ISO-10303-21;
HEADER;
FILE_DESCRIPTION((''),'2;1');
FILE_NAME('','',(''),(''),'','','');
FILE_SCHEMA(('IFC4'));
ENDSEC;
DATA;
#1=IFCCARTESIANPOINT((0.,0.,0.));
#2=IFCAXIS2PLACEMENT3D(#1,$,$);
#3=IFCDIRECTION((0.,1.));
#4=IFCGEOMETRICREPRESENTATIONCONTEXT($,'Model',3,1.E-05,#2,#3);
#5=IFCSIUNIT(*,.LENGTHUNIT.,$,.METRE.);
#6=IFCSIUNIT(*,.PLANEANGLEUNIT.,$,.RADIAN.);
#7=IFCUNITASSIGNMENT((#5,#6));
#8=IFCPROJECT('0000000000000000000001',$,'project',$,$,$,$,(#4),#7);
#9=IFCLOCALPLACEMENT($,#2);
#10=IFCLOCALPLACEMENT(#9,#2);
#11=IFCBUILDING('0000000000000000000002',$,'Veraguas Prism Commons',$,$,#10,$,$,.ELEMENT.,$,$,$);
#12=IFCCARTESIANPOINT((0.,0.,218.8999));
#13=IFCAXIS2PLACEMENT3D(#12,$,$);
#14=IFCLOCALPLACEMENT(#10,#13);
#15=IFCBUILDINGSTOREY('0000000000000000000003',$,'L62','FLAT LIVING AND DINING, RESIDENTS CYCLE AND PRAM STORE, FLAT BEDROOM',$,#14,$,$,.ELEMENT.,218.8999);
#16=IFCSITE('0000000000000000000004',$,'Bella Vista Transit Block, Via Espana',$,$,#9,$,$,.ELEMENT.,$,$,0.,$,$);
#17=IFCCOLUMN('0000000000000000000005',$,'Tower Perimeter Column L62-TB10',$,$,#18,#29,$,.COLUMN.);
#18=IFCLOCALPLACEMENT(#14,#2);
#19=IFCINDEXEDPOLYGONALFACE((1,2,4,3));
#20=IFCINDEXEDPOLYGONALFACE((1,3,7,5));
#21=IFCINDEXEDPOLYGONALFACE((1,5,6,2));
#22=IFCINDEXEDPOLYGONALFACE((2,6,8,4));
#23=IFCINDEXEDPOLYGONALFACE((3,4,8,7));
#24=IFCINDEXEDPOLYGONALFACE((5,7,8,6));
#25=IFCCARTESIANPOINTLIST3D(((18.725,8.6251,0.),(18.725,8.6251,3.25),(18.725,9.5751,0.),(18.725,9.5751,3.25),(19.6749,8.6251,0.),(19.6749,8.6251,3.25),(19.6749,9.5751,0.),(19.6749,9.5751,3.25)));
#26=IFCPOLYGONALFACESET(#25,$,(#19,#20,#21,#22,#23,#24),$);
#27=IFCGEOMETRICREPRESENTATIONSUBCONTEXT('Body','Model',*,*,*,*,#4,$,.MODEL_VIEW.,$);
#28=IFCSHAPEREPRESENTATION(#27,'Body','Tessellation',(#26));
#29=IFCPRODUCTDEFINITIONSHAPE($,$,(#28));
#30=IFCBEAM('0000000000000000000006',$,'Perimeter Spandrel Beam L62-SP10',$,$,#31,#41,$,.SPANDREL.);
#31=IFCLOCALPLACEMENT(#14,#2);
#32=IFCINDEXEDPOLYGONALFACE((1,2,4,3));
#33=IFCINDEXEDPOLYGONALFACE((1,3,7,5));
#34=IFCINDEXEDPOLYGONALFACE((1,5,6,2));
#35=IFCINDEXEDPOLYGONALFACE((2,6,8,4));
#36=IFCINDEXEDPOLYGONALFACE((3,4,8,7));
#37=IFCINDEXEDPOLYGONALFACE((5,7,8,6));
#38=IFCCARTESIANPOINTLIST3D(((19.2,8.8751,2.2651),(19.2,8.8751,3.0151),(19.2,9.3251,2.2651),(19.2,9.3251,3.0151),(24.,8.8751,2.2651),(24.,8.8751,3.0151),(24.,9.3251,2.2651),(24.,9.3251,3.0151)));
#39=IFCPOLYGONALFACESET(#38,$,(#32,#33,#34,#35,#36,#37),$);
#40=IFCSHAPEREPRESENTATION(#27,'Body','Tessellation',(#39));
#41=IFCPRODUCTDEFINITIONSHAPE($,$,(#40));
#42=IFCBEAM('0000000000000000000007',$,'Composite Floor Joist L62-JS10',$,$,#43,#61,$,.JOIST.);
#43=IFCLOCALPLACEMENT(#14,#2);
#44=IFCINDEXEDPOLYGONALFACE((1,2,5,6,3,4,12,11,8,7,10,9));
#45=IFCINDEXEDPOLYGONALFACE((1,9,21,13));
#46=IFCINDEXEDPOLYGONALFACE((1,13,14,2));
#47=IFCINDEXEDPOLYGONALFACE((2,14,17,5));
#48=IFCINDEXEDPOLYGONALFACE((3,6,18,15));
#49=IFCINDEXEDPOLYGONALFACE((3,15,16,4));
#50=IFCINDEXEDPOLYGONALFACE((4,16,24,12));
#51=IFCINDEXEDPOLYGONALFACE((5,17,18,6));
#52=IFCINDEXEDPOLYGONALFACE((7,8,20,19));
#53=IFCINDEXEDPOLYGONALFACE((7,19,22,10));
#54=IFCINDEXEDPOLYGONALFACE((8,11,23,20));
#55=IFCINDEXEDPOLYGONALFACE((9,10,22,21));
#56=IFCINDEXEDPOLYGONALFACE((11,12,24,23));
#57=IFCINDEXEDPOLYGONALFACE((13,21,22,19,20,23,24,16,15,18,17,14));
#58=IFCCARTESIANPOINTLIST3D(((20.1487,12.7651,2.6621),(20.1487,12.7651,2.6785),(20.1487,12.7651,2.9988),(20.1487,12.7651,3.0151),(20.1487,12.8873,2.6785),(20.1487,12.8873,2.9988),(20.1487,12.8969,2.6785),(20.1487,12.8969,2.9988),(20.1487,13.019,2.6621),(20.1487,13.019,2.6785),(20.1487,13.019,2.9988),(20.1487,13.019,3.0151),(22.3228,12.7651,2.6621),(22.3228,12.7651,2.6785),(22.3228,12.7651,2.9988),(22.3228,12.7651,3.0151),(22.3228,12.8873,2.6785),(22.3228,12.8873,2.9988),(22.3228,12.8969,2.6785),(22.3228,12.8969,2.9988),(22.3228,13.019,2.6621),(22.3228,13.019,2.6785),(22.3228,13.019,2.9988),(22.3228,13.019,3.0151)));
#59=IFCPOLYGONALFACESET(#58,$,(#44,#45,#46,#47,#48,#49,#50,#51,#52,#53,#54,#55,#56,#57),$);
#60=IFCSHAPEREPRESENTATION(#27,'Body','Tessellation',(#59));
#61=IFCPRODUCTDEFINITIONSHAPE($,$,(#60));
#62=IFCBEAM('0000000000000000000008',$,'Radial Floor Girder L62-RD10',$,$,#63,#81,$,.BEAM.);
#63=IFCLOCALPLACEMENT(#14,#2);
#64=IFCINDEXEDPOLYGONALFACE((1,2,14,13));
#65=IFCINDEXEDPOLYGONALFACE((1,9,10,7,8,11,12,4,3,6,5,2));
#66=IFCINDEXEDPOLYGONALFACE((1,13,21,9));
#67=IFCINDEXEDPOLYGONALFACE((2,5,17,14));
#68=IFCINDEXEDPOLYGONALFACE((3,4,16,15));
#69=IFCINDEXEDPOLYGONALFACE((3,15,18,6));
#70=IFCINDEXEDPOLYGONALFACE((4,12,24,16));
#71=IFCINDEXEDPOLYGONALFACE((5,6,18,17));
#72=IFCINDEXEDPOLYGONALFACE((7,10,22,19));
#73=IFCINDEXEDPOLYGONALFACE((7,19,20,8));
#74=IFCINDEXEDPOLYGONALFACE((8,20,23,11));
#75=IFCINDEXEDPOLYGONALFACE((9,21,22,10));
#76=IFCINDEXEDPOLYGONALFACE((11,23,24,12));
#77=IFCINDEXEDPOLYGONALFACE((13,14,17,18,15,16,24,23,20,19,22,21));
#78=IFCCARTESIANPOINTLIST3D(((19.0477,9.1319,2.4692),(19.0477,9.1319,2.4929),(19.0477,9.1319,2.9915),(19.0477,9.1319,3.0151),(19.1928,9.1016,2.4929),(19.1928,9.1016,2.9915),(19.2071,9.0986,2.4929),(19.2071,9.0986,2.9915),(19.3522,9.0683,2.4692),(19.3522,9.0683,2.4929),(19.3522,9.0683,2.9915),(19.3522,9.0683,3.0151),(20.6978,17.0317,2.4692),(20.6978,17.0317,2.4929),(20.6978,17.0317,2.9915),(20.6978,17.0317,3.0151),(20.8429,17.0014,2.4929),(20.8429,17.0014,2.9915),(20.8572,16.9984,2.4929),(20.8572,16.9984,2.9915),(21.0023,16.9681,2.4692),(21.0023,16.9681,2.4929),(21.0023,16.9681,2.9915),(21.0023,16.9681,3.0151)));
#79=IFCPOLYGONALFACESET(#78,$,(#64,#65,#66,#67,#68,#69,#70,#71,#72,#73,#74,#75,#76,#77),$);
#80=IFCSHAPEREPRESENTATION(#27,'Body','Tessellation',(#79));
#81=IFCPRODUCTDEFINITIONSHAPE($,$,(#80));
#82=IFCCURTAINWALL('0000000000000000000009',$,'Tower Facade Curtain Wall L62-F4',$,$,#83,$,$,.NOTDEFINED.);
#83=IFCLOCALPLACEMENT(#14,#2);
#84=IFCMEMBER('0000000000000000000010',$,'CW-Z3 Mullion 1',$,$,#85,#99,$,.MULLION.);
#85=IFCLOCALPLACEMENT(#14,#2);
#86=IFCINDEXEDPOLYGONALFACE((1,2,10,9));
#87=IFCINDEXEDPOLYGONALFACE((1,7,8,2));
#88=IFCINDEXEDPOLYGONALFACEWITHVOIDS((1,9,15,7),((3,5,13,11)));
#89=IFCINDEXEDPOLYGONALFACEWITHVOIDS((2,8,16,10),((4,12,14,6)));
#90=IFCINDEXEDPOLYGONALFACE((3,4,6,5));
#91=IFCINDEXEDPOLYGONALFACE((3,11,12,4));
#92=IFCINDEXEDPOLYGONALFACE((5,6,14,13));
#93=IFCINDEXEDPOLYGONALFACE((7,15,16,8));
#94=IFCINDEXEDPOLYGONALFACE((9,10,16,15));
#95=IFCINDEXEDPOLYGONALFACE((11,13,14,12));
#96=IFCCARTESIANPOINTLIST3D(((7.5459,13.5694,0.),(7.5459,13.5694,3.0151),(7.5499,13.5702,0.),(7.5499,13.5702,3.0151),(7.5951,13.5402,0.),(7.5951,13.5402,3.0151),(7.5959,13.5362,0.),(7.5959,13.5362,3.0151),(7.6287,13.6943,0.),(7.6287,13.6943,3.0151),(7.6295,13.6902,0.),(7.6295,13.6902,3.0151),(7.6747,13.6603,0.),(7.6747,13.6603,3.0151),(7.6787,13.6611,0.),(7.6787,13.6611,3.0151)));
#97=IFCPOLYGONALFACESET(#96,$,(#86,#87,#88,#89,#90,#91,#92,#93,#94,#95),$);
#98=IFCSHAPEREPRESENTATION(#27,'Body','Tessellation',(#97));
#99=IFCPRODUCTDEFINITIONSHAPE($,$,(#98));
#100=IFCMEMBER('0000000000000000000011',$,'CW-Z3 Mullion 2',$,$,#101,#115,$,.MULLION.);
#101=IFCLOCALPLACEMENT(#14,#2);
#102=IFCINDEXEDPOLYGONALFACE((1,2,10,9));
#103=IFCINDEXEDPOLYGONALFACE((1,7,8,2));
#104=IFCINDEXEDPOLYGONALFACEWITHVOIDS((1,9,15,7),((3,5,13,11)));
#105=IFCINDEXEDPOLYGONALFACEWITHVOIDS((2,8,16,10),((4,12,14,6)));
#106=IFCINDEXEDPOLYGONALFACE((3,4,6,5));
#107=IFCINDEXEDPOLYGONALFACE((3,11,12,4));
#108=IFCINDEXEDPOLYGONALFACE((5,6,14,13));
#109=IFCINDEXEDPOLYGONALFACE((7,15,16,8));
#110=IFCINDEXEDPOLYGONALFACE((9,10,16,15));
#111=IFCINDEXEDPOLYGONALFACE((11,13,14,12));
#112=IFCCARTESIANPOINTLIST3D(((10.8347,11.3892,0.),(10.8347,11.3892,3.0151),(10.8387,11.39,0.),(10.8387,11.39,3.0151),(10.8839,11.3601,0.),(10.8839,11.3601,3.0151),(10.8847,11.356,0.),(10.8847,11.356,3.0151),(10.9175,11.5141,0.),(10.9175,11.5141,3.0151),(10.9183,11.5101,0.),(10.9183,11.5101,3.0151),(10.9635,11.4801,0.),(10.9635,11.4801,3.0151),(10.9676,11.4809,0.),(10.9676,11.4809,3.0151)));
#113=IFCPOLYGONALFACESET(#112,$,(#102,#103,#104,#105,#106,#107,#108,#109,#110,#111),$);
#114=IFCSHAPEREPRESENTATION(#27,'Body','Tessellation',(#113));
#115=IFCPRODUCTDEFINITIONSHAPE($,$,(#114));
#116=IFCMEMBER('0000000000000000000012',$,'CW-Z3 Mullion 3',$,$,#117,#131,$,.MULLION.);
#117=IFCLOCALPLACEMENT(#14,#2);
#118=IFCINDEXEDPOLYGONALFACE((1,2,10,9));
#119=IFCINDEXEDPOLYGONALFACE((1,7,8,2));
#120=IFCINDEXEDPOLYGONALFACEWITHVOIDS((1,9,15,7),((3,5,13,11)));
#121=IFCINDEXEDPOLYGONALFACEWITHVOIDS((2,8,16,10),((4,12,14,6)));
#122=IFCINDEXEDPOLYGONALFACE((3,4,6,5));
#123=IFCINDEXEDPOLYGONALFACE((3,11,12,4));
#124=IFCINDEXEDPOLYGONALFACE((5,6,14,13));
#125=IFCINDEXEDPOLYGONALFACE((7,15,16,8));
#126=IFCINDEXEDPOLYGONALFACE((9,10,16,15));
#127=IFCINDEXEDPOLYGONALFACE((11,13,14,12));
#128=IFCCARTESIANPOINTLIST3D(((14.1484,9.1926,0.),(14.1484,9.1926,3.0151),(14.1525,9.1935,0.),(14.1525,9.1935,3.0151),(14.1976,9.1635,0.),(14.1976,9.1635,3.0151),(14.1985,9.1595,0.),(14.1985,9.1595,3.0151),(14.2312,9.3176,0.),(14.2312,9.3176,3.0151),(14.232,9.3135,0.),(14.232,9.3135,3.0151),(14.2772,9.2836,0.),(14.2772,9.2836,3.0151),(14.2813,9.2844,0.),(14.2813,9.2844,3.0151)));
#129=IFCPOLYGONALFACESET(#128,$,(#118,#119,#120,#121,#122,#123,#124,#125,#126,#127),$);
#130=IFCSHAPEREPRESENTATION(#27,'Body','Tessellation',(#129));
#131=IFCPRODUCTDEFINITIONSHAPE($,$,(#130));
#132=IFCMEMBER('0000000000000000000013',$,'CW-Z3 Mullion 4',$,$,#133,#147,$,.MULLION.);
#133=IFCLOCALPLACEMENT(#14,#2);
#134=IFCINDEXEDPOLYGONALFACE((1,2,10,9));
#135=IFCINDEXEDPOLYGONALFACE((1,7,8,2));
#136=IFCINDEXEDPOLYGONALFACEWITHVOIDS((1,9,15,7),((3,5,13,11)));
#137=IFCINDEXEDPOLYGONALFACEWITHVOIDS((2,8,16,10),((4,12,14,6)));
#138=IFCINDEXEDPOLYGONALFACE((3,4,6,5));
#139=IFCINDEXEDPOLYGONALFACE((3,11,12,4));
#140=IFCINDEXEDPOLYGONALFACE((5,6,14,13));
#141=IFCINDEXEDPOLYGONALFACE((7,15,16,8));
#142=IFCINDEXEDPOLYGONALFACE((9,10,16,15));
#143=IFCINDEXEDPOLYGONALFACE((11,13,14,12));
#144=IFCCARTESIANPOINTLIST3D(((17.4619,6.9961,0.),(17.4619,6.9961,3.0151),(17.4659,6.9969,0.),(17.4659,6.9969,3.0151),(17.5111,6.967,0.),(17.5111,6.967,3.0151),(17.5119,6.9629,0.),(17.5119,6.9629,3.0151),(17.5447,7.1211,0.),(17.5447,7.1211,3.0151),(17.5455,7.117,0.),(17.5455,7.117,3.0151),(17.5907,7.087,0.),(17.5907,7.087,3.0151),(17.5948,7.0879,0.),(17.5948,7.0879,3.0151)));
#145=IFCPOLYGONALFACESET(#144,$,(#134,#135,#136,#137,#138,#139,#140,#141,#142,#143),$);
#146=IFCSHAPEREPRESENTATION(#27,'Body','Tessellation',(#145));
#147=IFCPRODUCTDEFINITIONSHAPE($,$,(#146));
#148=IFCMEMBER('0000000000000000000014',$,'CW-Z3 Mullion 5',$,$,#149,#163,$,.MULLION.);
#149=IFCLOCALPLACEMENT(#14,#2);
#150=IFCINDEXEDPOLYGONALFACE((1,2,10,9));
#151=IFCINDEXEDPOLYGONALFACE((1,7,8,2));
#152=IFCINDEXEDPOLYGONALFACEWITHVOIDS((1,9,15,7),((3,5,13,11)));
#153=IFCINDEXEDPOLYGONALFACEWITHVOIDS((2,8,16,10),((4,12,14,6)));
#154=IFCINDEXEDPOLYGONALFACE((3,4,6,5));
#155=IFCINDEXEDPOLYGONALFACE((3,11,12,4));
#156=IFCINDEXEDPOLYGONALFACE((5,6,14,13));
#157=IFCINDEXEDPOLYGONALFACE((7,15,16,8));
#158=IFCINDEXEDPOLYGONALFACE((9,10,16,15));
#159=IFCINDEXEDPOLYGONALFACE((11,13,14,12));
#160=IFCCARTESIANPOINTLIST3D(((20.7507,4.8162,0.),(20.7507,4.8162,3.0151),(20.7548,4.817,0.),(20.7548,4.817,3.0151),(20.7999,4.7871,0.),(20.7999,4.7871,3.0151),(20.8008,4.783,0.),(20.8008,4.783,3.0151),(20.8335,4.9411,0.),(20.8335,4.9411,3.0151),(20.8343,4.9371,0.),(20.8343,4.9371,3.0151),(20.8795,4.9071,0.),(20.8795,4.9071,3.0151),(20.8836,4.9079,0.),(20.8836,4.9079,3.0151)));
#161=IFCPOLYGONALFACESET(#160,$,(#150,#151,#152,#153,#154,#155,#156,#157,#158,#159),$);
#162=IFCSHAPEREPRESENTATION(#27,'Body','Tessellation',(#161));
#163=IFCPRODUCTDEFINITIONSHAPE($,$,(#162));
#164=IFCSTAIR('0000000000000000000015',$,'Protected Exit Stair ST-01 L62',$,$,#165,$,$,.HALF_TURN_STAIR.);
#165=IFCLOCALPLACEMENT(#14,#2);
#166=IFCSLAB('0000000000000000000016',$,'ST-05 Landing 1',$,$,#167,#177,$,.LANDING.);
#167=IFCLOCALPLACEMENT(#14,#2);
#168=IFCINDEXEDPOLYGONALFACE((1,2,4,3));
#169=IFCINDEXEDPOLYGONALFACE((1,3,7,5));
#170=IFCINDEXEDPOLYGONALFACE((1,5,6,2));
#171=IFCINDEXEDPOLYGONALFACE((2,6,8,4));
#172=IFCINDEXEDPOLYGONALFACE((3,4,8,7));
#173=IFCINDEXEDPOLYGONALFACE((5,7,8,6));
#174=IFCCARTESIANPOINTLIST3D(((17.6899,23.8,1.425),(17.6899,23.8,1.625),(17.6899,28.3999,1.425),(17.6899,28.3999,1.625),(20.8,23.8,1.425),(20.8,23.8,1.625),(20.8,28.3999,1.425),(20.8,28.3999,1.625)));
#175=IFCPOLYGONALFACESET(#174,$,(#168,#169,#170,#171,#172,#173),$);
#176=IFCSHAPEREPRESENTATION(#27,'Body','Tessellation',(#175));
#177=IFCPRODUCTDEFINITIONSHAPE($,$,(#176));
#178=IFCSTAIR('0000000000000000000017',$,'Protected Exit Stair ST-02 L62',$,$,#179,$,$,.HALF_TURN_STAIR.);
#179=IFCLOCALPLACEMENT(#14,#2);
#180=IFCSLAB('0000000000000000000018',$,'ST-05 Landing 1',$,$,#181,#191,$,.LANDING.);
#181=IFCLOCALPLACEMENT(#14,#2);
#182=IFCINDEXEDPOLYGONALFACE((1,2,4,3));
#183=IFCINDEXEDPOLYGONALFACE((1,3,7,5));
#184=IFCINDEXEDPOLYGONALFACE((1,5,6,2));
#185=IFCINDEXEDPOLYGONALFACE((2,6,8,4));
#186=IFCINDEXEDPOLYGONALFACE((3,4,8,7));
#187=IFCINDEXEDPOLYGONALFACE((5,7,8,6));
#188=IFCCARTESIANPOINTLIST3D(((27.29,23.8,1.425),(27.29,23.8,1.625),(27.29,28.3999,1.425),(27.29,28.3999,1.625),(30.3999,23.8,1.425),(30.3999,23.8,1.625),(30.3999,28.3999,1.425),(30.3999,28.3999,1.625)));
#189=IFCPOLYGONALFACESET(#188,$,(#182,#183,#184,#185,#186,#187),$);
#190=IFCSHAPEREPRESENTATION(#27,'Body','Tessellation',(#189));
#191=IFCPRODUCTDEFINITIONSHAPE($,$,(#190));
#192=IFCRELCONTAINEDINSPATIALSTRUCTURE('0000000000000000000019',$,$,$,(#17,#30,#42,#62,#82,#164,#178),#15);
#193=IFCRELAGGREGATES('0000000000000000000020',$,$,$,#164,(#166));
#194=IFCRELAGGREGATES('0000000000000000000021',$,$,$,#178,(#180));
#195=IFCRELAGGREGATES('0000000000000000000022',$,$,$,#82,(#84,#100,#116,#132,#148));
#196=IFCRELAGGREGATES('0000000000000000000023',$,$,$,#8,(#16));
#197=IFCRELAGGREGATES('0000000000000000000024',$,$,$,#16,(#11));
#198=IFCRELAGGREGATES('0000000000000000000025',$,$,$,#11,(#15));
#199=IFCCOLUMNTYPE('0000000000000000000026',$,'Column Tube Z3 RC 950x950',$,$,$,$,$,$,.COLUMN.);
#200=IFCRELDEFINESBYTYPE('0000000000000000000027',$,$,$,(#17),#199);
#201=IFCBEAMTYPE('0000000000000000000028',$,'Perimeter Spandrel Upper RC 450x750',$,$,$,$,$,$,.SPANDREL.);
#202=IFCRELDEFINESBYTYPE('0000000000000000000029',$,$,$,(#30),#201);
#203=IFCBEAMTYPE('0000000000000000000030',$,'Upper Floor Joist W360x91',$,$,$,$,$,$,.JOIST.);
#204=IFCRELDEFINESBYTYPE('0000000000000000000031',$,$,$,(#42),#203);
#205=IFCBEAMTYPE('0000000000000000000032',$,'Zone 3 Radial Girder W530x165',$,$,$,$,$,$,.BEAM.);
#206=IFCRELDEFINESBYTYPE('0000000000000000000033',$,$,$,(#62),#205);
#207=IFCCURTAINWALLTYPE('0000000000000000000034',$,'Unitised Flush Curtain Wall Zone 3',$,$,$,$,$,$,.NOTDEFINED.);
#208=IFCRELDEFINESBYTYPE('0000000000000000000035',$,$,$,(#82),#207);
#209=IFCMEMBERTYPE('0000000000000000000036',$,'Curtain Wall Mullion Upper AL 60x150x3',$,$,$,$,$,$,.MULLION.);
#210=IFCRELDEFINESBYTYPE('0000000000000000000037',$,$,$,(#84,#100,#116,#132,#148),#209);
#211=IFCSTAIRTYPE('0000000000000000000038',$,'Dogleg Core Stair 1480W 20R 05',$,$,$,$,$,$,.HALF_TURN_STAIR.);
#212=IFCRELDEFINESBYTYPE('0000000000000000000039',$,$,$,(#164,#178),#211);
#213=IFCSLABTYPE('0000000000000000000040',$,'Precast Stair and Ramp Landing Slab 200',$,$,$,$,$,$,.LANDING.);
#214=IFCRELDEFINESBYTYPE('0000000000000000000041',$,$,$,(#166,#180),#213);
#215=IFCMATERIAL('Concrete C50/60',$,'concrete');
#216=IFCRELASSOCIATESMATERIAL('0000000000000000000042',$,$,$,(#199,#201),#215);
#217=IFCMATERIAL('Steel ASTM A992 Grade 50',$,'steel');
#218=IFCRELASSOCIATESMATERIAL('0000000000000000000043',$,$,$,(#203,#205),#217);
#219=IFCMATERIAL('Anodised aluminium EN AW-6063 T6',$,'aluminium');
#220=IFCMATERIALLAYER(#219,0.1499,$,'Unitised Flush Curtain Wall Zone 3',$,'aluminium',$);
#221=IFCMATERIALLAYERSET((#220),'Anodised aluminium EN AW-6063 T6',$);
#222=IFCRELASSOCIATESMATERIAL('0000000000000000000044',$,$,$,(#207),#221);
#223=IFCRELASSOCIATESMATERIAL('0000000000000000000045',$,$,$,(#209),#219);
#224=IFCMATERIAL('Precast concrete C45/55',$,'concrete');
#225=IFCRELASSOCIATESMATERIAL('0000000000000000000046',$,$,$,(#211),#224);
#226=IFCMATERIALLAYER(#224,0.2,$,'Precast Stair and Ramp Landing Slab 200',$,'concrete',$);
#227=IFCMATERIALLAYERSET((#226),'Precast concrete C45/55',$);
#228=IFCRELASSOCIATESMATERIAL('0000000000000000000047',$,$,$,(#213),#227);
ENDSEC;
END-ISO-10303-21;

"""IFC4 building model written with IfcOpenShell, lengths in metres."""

from ifc_helpers import new_model, si_unit, direction, frame, origin, origin_2d, place, context, subcontext, project, spatial, polyline, rectangle, hollow_rectangle, i_section, outline, extrude, source, transform, mapped, material, layer, layer_set, material_profile, profile_set, type_object, element, aggregate, save


model = new_model("IFC4")

# Units and contexts
model_context = context("Model", 3, precision=1e-05, world=origin(), true_north=direction((0.0, 1.0)))
body_context = subcontext(model_context, "Body", "Model", "MODEL_VIEW")
ifc_project = project(units=[si_unit("LENGTHUNIT", "METRE"), si_unit("PLANEANGLEUNIT", "RADIAN")], contexts=[model_context])

# Site, building, storey
site_placement = place(None, origin())
site = spatial("IfcSite", under=ifc_project, at=site_placement, Name="Bella Vista Transit Block, Via Espana", CompositionType="ELEMENT", RefElevation=0.0)
building_placement = place(site_placement, origin())
building = spatial("IfcBuilding", under=site, at=building_placement, Name="Veraguas Prism Commons", CompositionType="ELEMENT")
storey_placement = place(building_placement, frame((0.0, 0.0, 218.8999)))
storey = spatial("IfcBuildingStorey", under=building, at=storey_placement, Name="L62", Description="FLAT LIVING AND DINING, RESIDENTS CYCLE AND PRAM STORE, FLAT BEDROOM", CompositionType="ELEMENT", Elevation=218.8999)

# Column
ifc_material_1 = material(Name="Concrete C50/60", Category="concrete")
ifc_material_profile_1 = material_profile(ifc_material_1, rectangle(XDim=0.95, YDim=0.95, at=origin_2d()), Name="RC950X950")
ifc_profile_set_1 = profile_set([ifc_material_profile_1], Name="Concrete C50/60")
column_type = type_object("IfcColumnType", Name="Column Tube Z3 RC 950x950", PredefinedType="COLUMN", material=ifc_profile_set_1)
column_placement = place(storey_placement, frame((19.2, 9.1001, 0.0), z_axis=(0.0, 0.0, 1.0), x_axis=(1.0, 0.0, 0.0)))
element("IfcColumn", 1, at=column_placement, inside=storey, type_object=column_type, Name="Tower Perimeter Column L62-TB10", PredefinedType="COLUMN", context=body_context, shape_type="SweptSolid", body=[
    extrude(rectangle(XDim=0.95, YDim=0.95, at=origin_2d()), origin(), (0.0, 0.0, 1.0), 3.25),
])

# Beams
ifc_material_profile_2 = material_profile(ifc_material_1, rectangle(XDim=0.45, YDim=0.75, at=origin_2d()), Name="RC450X750")
ifc_profile_set_2 = profile_set([ifc_material_profile_2], Name="Concrete C50/60")
beam_type_1 = type_object("IfcBeamType", Name="Perimeter Spandrel Upper RC 450x750", PredefinedType="SPANDREL", material=ifc_profile_set_2)
beam_1_placement = place(storey_placement, frame((19.2, 9.1001, 2.6401), z_axis=(1.0, 0.0, 0.0), x_axis=(0.0, 1.0, 0.0)))
element("IfcBeam", 2, at=beam_1_placement, inside=storey, type_object=beam_type_1, Name="Perimeter Spandrel Beam L62-SP10", PredefinedType="SPANDREL", context=body_context, shape_type="SweptSolid", body=[
    extrude(rectangle(XDim=0.45, YDim=0.75, at=origin_2d()), origin(), (0.0, 0.0, 1.0), 4.8),
])
ifc_material_2 = material(Name="Steel ASTM A992 Grade 50", Category="steel")
ifc_material_profile_3 = material_profile(ifc_material_2, i_section(OverallWidth=0.2539, OverallDepth=0.353, WebThickness=0.0095, FlangeThickness=0.0164, at=origin_2d()), Name="W360X91")
ifc_profile_set_3 = profile_set([ifc_material_profile_3], Name="Steel ASTM A992 Grade 50")
beam_type_2 = type_object("IfcBeamType", Name="Upper Floor Joist W360x91", PredefinedType="JOIST", material=ifc_profile_set_3)
beam_2_placement = place(storey_placement, frame((20.1487, 12.8921, 2.8386), z_axis=(1.0, 0.0, 0.0), x_axis=(0.0, 1.0, 0.0)))
element("IfcBeam", 3, at=beam_2_placement, inside=storey, type_object=beam_type_2, Name="Composite Floor Joist L62-JS10", PredefinedType="JOIST", context=body_context, shape_type="SweptSolid", body=[
    extrude(i_section(OverallWidth=0.2539, OverallDepth=0.353, WebThickness=0.0095, FlangeThickness=0.0164, at=origin_2d()), origin(), (0.0, 0.0, 1.0), 2.1741),
])
ifc_material_profile_4 = material_profile(ifc_material_2, i_section(OverallWidth=0.311, OverallDepth=0.5459, WebThickness=0.0146, FlangeThickness=0.0237, at=origin_2d()), Name="W530X165")
ifc_profile_set_4 = profile_set([ifc_material_profile_4], Name="Steel ASTM A992 Grade 50")
beam_type_3 = type_object("IfcBeamType", Name="Zone 3 Radial Girder W530x165", PredefinedType="BEAM", material=ifc_profile_set_4)
beam_3_placement = place(storey_placement, frame((19.2, 9.1001, 2.7422), z_axis=(0.204469, 0.978873, 0.0), x_axis=(-0.978873, 0.204469, 0.0)))
element("IfcBeam", 4, at=beam_3_placement, inside=storey, type_object=beam_type_3, Name="Radial Floor Girder L62-RD10", PredefinedType="BEAM", context=body_context, shape_type="SweptSolid", body=[
    extrude(i_section(OverallWidth=0.311, OverallDepth=0.5459, WebThickness=0.0146, FlangeThickness=0.0237, at=origin_2d()), origin(), (0.0, 0.0, 1.0), 8.0703),
])

# Curtain wall, members
ifc_material_3 = material(Name="Anodised aluminium EN AW-6063 T6", Category="aluminium")
ifc_layer_1 = layer(ifc_material_3, 0.1499, Name="Unitised Flush Curtain Wall Zone 3", Category="aluminium")
ifc_layer_set_1 = layer_set([ifc_layer_1], Name="Anodised aluminium EN AW-6063 T6")
curtain_wall_type = type_object("IfcCurtainWallType", Name="Unitised Flush Curtain Wall Zone 3", PredefinedType="NOTDEFINED", material=ifc_layer_set_1)
curtain_wall_placement = place(storey_placement, origin())
curtain_wall = element("IfcCurtainWall", 5, at=curtain_wall_placement, inside=storey, type_object=curtain_wall_type, Name="Tower Facade Curtain Wall L62-F4", PredefinedType="NOTDEFINED")
ifc_material_profile_5 = material_profile(ifc_material_3, hollow_rectangle(XDim=0.0601, YDim=0.1499, WallThickness=0.0029, at=origin_2d()), Name="AL60X150X3")
ifc_profile_set_5 = profile_set([ifc_material_profile_5], Name="Anodised aluminium EN AW-6063 T6")
member_type = type_object("IfcMemberType", Name="Curtain Wall Mullion Upper AL 60x150x3", PredefinedType="MULLION", material=ifc_profile_set_5)
shared_shape_1 = source(origin(), body_context, "Body", "SweptSolid", [
    extrude(hollow_rectangle(XDim=0.0601, YDim=0.1499, WallThickness=0.0029, at=origin_2d()), origin(), (0.0, 0.0, 1.0), 3.0151),
])
member_1_placement = place(storey_placement, frame((7.6123, 13.6152, 0.0), z_axis=(0.0, 0.0, 1.0), x_axis=(0.833503, -0.552515, 0.0)))
member_1 = element("IfcMember", 6, at=member_1_placement, type_object=member_type, Name="CW-Z3 Mullion 1", PredefinedType="MULLION", context=body_context, shape_type="MappedRepresentation", body=[
    mapped(shared_shape_1, transform((0.0, 0.0, 0.0), scale=1.0)),
])
member_2_placement = place(storey_placement, frame((10.9011, 11.4351, 0.0), z_axis=(0.0, 0.0, 1.0), x_axis=(0.833503, -0.552515, 0.0)))
member_2 = element("IfcMember", 7, at=member_2_placement, type_object=member_type, Name="CW-Z3 Mullion 2", PredefinedType="MULLION", context=body_context, shape_type="MappedRepresentation", body=[
    mapped(shared_shape_1, transform((0.0, 0.0, 0.0), scale=1.0)),
])
member_3_placement = place(storey_placement, frame((14.2148, 9.2385, 0.0), z_axis=(0.0, 0.0, 1.0), x_axis=(0.833503, -0.552515, 0.0)))
member_3 = element("IfcMember", 8, at=member_3_placement, type_object=member_type, Name="CW-Z3 Mullion 3", PredefinedType="MULLION", context=body_context, shape_type="MappedRepresentation", body=[
    mapped(shared_shape_1, transform((0.0, 0.0, 0.0), scale=1.0)),
])
member_4_placement = place(storey_placement, frame((17.5283, 7.042, 0.0), z_axis=(0.0, 0.0, 1.0), x_axis=(0.833503, -0.552515, 0.0)))
member_4 = element("IfcMember", 9, at=member_4_placement, type_object=member_type, Name="CW-Z3 Mullion 4", PredefinedType="MULLION", context=body_context, shape_type="MappedRepresentation", body=[
    mapped(shared_shape_1, transform((0.0, 0.0, 0.0), scale=1.0)),
])
member_5_placement = place(storey_placement, frame((20.8171, 4.8621, 0.0), z_axis=(0.0, 0.0, 1.0), x_axis=(0.833503, -0.552515, 0.0)))
member_5 = element("IfcMember", 10, at=member_5_placement, type_object=member_type, Name="CW-Z3 Mullion 5", PredefinedType="MULLION", context=body_context, shape_type="MappedRepresentation", body=[
    mapped(shared_shape_1, transform((0.0, 0.0, 0.0), scale=1.0)),
])

# Stairs, slabs
ifc_material_4 = material(Name="Precast concrete C45/55", Category="concrete")
stair_type = type_object("IfcStairType", Name="Dogleg Core Stair 1480W 20R 05", PredefinedType="HALF_TURN_STAIR", material=ifc_material_4)
stair_1_placement = place(storey_placement, origin())
stair_1 = element("IfcStair", 11, at=stair_1_placement, inside=storey, type_object=stair_type, Name="Protected Exit Stair ST-01 L62", PredefinedType="HALF_TURN_STAIR")
ifc_layer_2 = layer(ifc_material_4, 0.2, Name="Precast Stair and Ramp Landing Slab 200", Category="concrete")
ifc_layer_set_2 = layer_set([ifc_layer_2], Name="Precast concrete C45/55")
slab_type_1 = type_object("IfcSlabType", Name="Precast Stair and Ramp Landing Slab 200", PredefinedType="LANDING", material=ifc_layer_set_2)
slab_1_placement = place(storey_placement, frame((0.0, 0.0, 1.425)))
slab_1 = element("IfcSlab", 12, at=slab_1_placement, type_object=slab_type_1, Name="ST-05 Landing 1", PredefinedType="LANDING", context=body_context, shape_type="SweptSolid", body=[
    extrude(outline(polyline([(20.8, 23.8), (20.8, 28.3999), (17.6899, 28.3999), (17.6899, 23.8), (20.8, 23.8)])), origin(), (0.0, 0.0, 1.0), 0.2),
])
aggregate(stair_1, [slab_1])
stair_2_placement = place(storey_placement, origin())
stair_2 = element("IfcStair", 13, at=stair_2_placement, inside=storey, type_object=stair_type, Name="Protected Exit Stair ST-02 L62", PredefinedType="HALF_TURN_STAIR")
slab_2_placement = place(storey_placement, frame((0.0, 0.0, 1.425)))
slab_2 = element("IfcSlab", 14, at=slab_2_placement, type_object=slab_type_1, Name="ST-05 Landing 1", PredefinedType="LANDING", context=body_context, shape_type="SweptSolid", body=[
    extrude(outline(polyline([(30.3999, 23.8), (30.3999, 28.3999), (27.29, 28.3999), (27.29, 23.8), (30.3999, 23.8)])), origin(), (0.0, 0.0, 1.0), 0.2),
])
aggregate(stair_2, [slab_2])

aggregate(curtain_wall, [member_1, member_2, member_3, member_4, member_5])

save(model, "model.ifc")
